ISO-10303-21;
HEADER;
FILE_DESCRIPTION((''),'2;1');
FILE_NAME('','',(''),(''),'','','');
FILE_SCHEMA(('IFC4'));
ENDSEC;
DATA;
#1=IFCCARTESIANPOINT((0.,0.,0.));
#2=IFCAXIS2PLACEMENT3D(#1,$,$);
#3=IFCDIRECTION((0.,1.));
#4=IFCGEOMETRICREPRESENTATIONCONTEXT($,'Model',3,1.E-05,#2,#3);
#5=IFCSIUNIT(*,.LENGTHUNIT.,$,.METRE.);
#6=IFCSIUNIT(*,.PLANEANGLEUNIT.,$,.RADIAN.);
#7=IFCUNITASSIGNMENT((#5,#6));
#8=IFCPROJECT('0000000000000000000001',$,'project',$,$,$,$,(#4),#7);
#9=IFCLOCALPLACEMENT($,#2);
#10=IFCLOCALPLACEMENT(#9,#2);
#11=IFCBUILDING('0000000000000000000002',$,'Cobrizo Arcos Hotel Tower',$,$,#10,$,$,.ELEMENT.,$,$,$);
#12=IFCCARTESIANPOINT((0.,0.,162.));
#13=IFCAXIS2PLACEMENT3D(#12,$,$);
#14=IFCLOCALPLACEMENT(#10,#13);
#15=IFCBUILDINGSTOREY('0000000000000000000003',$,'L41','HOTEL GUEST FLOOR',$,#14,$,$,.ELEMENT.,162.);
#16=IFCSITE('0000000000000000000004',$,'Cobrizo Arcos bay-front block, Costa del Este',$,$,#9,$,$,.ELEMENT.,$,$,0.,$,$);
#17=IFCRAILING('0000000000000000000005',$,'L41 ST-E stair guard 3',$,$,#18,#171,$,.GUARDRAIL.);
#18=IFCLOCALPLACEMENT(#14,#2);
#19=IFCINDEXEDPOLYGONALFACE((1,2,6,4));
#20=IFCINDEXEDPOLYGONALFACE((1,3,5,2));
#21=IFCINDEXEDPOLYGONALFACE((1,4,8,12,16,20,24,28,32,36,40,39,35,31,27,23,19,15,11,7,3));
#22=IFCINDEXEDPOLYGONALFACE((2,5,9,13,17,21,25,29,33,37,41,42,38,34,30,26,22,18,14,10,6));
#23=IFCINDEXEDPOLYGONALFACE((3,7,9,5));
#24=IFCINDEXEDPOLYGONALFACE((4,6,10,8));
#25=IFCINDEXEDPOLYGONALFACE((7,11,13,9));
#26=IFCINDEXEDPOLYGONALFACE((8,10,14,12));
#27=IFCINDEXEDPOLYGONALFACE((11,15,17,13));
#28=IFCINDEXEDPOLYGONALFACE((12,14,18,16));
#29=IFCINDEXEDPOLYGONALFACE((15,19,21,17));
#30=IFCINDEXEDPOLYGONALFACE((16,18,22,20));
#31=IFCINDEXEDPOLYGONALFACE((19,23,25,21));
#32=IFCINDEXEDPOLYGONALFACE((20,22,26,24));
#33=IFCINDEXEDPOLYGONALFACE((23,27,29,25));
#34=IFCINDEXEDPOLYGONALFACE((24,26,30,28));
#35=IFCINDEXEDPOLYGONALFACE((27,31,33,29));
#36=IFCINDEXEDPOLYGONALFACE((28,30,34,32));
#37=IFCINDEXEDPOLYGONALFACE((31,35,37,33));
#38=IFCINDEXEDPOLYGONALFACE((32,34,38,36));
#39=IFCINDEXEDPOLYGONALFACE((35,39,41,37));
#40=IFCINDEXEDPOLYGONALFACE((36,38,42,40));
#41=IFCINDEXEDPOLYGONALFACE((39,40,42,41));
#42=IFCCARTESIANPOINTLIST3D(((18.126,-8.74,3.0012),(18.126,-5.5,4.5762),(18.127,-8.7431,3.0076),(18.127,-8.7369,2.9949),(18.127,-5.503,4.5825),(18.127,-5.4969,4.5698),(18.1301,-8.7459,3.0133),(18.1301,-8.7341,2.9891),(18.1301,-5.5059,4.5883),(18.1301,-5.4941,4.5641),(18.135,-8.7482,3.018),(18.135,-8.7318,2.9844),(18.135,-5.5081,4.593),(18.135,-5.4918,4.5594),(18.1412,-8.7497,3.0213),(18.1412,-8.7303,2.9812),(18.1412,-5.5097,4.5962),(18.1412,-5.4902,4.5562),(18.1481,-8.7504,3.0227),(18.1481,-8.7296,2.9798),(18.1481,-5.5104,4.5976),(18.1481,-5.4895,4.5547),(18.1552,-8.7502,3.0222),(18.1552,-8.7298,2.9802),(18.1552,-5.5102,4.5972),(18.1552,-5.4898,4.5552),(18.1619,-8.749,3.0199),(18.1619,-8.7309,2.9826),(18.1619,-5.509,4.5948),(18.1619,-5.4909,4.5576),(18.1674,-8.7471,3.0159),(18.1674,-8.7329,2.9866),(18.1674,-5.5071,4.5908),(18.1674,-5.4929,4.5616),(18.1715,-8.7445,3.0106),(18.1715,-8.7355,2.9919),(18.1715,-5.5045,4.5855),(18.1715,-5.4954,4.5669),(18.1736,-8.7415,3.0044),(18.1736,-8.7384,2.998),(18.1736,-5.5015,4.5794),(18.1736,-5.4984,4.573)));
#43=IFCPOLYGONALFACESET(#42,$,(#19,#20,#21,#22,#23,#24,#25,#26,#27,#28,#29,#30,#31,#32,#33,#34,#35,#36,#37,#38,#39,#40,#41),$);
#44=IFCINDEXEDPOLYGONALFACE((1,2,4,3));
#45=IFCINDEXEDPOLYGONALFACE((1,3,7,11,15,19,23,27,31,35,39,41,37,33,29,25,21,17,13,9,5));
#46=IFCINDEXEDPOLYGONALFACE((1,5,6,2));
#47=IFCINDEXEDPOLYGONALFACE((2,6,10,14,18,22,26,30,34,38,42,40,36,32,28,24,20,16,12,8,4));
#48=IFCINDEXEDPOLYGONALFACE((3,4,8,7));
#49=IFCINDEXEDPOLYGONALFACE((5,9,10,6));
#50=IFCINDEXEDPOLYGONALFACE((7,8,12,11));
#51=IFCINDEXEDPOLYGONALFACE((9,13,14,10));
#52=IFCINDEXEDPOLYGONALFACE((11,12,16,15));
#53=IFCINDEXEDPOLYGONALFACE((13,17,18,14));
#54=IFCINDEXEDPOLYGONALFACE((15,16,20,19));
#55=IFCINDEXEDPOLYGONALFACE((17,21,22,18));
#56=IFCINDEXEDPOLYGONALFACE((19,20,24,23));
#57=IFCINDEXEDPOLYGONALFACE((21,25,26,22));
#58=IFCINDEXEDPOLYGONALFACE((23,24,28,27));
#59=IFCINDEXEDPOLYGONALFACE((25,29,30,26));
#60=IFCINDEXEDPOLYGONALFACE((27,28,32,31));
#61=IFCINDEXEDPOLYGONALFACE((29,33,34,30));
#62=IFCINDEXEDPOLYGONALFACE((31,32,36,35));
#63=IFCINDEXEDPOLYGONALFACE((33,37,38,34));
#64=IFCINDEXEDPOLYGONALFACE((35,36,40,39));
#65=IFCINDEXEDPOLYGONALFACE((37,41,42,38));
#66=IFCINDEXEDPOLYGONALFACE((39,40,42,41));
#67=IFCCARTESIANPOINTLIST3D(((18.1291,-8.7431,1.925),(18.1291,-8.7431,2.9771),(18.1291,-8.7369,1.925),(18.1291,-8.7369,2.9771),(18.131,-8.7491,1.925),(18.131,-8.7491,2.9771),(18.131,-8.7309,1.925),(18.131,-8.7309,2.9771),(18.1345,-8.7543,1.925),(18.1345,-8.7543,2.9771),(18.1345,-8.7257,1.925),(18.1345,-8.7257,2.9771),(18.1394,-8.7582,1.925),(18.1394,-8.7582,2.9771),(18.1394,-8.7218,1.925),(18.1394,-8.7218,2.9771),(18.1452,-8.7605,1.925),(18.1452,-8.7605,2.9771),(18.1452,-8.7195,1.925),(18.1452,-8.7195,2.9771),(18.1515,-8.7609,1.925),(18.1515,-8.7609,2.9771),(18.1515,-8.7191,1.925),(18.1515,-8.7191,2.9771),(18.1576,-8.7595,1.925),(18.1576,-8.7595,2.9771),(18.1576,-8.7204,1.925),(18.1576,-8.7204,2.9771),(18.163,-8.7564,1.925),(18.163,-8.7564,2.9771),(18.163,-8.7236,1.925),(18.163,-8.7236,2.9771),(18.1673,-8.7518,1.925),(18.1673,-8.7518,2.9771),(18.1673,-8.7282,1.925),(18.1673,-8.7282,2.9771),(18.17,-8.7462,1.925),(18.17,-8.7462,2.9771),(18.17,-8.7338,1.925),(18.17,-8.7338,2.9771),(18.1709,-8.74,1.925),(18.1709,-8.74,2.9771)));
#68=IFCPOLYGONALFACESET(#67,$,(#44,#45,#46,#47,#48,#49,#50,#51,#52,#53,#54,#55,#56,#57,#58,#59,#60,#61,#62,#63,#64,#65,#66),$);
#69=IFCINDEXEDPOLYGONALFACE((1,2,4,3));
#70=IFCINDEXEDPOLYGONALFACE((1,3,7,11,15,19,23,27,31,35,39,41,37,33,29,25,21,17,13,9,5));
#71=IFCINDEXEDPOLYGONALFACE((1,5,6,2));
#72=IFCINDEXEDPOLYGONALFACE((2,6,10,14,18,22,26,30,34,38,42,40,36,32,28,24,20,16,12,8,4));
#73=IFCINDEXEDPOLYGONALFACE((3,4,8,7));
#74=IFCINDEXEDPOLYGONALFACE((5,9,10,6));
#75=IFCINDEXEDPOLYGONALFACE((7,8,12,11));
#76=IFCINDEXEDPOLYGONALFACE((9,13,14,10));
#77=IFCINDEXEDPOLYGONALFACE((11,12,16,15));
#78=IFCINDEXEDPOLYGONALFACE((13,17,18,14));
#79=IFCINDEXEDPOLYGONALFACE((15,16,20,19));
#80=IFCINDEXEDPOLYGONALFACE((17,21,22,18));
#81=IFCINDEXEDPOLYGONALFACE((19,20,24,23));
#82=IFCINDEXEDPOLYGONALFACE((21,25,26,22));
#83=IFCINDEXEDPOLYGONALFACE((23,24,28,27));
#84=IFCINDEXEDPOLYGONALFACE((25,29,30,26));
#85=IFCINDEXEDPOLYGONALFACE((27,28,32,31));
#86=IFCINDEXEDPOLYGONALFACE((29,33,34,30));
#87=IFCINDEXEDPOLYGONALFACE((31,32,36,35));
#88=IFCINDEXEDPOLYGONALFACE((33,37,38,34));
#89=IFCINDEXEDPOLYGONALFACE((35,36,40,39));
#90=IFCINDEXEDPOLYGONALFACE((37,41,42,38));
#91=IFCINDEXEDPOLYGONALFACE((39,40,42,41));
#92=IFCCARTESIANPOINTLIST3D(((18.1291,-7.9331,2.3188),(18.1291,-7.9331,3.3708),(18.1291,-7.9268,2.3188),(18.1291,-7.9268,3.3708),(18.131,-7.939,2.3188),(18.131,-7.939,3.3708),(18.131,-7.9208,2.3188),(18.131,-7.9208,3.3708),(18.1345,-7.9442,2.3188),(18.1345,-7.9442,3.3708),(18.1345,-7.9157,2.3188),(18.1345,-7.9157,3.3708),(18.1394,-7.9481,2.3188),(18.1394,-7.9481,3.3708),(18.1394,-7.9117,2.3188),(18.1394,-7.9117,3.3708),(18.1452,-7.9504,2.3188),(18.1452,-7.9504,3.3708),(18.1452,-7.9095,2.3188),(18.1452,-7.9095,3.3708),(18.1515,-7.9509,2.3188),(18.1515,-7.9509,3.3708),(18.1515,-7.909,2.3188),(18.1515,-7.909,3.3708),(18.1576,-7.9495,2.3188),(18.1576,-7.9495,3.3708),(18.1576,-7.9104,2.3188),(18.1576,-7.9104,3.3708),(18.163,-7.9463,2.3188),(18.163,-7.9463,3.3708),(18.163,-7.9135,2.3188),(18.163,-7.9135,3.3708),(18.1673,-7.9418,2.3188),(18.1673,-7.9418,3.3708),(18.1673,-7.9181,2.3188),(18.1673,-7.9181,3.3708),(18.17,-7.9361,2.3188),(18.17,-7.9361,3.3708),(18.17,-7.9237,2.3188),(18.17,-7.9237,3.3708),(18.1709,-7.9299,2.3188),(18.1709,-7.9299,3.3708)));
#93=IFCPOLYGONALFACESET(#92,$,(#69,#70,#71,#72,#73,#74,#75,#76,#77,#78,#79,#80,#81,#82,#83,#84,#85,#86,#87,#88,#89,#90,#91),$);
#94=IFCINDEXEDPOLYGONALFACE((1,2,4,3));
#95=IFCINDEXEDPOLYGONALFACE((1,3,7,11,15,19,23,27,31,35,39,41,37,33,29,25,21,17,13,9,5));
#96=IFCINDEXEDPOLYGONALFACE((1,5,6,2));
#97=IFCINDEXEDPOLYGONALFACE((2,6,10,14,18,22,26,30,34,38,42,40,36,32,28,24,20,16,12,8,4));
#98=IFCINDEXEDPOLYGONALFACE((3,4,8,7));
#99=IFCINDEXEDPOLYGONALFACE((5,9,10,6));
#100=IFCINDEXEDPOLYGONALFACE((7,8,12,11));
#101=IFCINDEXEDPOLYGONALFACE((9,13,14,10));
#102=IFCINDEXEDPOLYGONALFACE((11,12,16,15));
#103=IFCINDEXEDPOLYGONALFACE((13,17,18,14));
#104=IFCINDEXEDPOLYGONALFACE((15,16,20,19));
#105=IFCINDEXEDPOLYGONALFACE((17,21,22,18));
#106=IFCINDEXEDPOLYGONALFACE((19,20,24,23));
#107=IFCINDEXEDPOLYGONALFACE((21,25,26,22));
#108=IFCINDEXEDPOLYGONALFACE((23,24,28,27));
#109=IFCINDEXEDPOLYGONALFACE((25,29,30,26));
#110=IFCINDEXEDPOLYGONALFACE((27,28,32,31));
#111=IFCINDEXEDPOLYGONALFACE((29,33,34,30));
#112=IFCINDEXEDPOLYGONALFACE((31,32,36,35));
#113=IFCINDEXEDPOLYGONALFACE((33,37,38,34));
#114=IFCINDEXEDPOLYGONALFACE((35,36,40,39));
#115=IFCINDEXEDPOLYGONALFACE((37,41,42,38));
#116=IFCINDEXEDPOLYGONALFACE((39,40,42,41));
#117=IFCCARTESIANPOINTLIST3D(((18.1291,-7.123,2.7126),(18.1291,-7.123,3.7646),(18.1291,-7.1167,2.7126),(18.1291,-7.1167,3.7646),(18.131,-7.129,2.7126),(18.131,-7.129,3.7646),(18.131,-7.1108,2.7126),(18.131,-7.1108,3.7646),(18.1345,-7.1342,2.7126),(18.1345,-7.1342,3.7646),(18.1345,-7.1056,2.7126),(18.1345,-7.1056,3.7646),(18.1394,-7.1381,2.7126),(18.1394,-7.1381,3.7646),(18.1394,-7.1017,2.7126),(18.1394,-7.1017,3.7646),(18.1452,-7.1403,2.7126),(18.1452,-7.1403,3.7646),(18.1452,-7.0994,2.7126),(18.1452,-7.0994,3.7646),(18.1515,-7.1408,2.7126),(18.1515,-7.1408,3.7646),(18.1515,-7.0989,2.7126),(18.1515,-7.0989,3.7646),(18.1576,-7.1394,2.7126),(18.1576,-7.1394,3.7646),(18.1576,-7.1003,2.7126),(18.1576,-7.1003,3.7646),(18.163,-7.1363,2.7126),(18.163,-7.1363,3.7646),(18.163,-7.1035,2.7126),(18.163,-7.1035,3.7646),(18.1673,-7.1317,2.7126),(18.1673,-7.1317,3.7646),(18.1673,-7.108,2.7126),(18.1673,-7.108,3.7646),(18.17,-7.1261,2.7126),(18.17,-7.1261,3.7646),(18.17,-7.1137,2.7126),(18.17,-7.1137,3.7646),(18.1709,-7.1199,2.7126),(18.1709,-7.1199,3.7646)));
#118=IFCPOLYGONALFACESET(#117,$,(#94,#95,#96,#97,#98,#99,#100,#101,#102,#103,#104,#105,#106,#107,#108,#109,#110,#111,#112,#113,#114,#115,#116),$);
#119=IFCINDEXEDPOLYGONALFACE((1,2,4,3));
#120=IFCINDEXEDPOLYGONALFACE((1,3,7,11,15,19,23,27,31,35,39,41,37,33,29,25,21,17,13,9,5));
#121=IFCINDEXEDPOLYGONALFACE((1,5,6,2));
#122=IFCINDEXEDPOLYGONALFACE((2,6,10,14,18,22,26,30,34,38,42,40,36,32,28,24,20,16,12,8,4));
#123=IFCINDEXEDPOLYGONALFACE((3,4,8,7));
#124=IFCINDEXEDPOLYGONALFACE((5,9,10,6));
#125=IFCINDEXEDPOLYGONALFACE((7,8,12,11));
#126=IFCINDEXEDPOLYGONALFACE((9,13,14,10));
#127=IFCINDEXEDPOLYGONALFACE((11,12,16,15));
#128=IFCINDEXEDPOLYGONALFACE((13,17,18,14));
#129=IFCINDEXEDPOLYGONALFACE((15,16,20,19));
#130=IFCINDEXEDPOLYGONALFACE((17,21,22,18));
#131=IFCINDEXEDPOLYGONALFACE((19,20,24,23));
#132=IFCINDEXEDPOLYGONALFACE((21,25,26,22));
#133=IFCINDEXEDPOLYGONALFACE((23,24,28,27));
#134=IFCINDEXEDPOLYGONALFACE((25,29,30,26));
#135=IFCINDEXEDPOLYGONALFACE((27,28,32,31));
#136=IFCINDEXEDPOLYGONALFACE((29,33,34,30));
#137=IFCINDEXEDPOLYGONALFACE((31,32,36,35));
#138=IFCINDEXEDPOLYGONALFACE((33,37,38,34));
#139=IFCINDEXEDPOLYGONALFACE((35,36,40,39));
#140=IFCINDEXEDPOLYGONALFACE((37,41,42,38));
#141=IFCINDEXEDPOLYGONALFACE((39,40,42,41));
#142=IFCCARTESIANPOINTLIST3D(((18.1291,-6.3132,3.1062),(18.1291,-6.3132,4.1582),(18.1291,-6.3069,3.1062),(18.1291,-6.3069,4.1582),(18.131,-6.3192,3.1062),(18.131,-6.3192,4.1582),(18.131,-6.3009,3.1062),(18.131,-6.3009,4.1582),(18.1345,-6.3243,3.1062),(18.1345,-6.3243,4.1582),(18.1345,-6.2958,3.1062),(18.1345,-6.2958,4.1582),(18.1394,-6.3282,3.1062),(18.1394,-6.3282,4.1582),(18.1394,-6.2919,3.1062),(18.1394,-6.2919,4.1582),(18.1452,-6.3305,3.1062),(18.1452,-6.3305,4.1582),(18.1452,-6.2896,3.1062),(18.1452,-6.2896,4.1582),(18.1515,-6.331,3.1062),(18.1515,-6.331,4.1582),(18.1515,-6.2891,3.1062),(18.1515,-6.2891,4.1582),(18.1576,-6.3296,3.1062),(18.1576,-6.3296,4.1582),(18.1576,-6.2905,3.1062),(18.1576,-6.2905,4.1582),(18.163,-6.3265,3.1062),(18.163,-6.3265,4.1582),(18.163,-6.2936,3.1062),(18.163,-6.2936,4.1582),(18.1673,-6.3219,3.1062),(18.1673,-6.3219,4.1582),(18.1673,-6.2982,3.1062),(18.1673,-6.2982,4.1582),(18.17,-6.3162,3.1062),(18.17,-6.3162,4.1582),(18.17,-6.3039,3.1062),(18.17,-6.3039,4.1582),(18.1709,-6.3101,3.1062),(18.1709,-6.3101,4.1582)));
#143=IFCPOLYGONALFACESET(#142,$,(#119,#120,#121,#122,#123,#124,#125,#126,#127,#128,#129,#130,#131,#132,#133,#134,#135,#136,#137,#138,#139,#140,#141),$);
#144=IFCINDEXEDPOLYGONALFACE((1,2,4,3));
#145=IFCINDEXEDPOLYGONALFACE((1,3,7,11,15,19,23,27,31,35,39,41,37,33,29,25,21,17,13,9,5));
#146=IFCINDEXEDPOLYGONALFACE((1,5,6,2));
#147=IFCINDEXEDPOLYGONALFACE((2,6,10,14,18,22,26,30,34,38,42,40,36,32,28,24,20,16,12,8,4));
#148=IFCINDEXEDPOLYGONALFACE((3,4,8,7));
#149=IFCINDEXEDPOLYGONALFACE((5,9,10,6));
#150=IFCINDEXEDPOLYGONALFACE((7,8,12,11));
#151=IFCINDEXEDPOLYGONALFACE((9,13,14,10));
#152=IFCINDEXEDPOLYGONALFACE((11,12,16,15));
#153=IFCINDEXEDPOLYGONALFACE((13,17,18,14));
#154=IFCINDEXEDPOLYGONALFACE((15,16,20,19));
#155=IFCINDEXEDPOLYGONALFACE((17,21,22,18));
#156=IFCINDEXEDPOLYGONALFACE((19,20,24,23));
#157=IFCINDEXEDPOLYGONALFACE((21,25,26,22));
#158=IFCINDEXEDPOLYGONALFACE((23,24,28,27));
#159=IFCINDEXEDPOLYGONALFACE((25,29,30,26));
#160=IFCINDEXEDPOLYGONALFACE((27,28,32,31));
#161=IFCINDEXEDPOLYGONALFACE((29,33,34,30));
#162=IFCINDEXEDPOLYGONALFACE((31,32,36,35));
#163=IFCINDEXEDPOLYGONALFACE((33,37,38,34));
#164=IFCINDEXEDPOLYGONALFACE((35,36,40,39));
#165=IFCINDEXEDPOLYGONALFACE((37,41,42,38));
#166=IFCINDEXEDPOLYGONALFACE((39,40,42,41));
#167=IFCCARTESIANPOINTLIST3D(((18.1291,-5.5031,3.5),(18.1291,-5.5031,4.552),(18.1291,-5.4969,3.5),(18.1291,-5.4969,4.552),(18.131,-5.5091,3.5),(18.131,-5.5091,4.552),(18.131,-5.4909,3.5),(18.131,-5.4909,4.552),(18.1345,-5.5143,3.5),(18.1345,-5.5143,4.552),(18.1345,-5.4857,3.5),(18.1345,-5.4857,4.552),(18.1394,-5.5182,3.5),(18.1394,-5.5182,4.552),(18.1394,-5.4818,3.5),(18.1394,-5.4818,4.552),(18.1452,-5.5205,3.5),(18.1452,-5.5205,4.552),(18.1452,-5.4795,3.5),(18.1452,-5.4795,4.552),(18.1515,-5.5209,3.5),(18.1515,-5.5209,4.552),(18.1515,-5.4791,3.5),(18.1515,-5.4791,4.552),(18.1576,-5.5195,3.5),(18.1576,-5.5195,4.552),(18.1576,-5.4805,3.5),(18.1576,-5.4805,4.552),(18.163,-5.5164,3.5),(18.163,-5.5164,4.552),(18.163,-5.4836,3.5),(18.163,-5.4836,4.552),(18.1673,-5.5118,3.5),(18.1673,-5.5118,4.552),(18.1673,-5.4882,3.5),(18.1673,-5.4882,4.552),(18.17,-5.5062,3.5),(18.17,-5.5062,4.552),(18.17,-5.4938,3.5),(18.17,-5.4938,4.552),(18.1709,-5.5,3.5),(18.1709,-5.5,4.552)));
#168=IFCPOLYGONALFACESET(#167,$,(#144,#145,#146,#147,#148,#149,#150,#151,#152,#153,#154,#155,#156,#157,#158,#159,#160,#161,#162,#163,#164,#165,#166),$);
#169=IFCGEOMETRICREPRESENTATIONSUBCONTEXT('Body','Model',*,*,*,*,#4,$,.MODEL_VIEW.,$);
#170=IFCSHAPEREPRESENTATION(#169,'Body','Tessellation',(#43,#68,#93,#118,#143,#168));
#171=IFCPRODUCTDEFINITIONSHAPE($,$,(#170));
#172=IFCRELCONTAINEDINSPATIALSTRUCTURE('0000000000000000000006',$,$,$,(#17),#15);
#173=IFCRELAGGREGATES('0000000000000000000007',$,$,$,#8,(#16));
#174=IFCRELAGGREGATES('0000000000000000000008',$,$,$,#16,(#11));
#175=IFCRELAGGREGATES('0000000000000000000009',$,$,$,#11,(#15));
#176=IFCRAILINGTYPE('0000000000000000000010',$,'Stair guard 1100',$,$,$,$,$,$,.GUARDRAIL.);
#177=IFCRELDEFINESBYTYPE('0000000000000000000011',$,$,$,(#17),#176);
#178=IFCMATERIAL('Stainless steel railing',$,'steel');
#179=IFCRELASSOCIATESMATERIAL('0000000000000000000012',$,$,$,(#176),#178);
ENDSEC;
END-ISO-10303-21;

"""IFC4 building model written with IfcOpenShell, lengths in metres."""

from ifc_helpers import new_model, si_unit, direction, frame, origin, origin_2d, place, context, subcontext, project, spatial, circle, extrude, material, type_object, element, save


model = new_model("IFC4")

# Units and contexts
model_context = context("Model", 3, precision=1e-05, world=origin(), true_north=direction((0.0, 1.0)))
body_context = subcontext(model_context, "Body", "Model", "MODEL_VIEW")
ifc_project = project(units=[si_unit("LENGTHUNIT", "METRE"), si_unit("PLANEANGLEUNIT", "RADIAN")], contexts=[model_context])

# Site, building, storey
site_placement = place(None, origin())
site = spatial("IfcSite", under=ifc_project, at=site_placement, Name="Cobrizo Arcos bay-front block, Costa del Este", CompositionType="ELEMENT", RefElevation=0.0)
building_placement = place(site_placement, origin())
building = spatial("IfcBuilding", under=site, at=building_placement, Name="Cobrizo Arcos Hotel Tower", CompositionType="ELEMENT")
storey_placement = place(building_placement, frame((0.0, 0.0, 162.0)))
storey = spatial("IfcBuildingStorey", under=building, at=storey_placement, Name="L41", Description="HOTEL GUEST FLOOR", CompositionType="ELEMENT", Elevation=162.0)

# Railing
ifc_material_1 = material(Name="Stainless steel railing", Category="steel")
railing_type_1 = type_object("IfcRailingType", Name="Stair guard 1100", PredefinedType="GUARDRAIL", material=ifc_material_1)
railing_1_placement = place(storey_placement, frame((18.1499, -8.74, 1.925)))
element("IfcRailing", 1, at=railing_1_placement, inside=storey, type_object=railing_type_1, Name="L41 ST-E stair guard 3", PredefinedType="GUARDRAIL", context=body_context, shape_type="SweptSolid", body=[
    extrude(circle(Radius=0.0239, at=origin_2d()), frame((0.0, 0.0, 1.0762), z_axis=(0.0, 0.899373, 0.437183), x_axis=(-1.0, 0.0, 0.0)), (0.0, 0.0, 1.0), 3.6025),
    extrude(circle(Radius=0.021, at=origin_2d()), origin(), (0.0, 0.0, 1.0), 1.052),
    extrude(circle(Radius=0.021, at=origin_2d()), frame((0.0, 0.8101, 0.3938)), (0.0, 0.0, 1.0), 1.052),
    extrude(circle(Radius=0.021, at=origin_2d()), frame((0.0, 1.6201, 0.7876)), (0.0, 0.0, 1.0), 1.052),
    extrude(circle(Radius=0.021, at=origin_2d()), frame((0.0, 2.4299, 1.1812)), (0.0, 0.0, 1.0), 1.052),
    extrude(circle(Radius=0.021, at=origin_2d()), frame((0.0, 3.24, 1.575)), (0.0, 0.0, 1.0), 1.052),
])

save(model, "model.ifc")
